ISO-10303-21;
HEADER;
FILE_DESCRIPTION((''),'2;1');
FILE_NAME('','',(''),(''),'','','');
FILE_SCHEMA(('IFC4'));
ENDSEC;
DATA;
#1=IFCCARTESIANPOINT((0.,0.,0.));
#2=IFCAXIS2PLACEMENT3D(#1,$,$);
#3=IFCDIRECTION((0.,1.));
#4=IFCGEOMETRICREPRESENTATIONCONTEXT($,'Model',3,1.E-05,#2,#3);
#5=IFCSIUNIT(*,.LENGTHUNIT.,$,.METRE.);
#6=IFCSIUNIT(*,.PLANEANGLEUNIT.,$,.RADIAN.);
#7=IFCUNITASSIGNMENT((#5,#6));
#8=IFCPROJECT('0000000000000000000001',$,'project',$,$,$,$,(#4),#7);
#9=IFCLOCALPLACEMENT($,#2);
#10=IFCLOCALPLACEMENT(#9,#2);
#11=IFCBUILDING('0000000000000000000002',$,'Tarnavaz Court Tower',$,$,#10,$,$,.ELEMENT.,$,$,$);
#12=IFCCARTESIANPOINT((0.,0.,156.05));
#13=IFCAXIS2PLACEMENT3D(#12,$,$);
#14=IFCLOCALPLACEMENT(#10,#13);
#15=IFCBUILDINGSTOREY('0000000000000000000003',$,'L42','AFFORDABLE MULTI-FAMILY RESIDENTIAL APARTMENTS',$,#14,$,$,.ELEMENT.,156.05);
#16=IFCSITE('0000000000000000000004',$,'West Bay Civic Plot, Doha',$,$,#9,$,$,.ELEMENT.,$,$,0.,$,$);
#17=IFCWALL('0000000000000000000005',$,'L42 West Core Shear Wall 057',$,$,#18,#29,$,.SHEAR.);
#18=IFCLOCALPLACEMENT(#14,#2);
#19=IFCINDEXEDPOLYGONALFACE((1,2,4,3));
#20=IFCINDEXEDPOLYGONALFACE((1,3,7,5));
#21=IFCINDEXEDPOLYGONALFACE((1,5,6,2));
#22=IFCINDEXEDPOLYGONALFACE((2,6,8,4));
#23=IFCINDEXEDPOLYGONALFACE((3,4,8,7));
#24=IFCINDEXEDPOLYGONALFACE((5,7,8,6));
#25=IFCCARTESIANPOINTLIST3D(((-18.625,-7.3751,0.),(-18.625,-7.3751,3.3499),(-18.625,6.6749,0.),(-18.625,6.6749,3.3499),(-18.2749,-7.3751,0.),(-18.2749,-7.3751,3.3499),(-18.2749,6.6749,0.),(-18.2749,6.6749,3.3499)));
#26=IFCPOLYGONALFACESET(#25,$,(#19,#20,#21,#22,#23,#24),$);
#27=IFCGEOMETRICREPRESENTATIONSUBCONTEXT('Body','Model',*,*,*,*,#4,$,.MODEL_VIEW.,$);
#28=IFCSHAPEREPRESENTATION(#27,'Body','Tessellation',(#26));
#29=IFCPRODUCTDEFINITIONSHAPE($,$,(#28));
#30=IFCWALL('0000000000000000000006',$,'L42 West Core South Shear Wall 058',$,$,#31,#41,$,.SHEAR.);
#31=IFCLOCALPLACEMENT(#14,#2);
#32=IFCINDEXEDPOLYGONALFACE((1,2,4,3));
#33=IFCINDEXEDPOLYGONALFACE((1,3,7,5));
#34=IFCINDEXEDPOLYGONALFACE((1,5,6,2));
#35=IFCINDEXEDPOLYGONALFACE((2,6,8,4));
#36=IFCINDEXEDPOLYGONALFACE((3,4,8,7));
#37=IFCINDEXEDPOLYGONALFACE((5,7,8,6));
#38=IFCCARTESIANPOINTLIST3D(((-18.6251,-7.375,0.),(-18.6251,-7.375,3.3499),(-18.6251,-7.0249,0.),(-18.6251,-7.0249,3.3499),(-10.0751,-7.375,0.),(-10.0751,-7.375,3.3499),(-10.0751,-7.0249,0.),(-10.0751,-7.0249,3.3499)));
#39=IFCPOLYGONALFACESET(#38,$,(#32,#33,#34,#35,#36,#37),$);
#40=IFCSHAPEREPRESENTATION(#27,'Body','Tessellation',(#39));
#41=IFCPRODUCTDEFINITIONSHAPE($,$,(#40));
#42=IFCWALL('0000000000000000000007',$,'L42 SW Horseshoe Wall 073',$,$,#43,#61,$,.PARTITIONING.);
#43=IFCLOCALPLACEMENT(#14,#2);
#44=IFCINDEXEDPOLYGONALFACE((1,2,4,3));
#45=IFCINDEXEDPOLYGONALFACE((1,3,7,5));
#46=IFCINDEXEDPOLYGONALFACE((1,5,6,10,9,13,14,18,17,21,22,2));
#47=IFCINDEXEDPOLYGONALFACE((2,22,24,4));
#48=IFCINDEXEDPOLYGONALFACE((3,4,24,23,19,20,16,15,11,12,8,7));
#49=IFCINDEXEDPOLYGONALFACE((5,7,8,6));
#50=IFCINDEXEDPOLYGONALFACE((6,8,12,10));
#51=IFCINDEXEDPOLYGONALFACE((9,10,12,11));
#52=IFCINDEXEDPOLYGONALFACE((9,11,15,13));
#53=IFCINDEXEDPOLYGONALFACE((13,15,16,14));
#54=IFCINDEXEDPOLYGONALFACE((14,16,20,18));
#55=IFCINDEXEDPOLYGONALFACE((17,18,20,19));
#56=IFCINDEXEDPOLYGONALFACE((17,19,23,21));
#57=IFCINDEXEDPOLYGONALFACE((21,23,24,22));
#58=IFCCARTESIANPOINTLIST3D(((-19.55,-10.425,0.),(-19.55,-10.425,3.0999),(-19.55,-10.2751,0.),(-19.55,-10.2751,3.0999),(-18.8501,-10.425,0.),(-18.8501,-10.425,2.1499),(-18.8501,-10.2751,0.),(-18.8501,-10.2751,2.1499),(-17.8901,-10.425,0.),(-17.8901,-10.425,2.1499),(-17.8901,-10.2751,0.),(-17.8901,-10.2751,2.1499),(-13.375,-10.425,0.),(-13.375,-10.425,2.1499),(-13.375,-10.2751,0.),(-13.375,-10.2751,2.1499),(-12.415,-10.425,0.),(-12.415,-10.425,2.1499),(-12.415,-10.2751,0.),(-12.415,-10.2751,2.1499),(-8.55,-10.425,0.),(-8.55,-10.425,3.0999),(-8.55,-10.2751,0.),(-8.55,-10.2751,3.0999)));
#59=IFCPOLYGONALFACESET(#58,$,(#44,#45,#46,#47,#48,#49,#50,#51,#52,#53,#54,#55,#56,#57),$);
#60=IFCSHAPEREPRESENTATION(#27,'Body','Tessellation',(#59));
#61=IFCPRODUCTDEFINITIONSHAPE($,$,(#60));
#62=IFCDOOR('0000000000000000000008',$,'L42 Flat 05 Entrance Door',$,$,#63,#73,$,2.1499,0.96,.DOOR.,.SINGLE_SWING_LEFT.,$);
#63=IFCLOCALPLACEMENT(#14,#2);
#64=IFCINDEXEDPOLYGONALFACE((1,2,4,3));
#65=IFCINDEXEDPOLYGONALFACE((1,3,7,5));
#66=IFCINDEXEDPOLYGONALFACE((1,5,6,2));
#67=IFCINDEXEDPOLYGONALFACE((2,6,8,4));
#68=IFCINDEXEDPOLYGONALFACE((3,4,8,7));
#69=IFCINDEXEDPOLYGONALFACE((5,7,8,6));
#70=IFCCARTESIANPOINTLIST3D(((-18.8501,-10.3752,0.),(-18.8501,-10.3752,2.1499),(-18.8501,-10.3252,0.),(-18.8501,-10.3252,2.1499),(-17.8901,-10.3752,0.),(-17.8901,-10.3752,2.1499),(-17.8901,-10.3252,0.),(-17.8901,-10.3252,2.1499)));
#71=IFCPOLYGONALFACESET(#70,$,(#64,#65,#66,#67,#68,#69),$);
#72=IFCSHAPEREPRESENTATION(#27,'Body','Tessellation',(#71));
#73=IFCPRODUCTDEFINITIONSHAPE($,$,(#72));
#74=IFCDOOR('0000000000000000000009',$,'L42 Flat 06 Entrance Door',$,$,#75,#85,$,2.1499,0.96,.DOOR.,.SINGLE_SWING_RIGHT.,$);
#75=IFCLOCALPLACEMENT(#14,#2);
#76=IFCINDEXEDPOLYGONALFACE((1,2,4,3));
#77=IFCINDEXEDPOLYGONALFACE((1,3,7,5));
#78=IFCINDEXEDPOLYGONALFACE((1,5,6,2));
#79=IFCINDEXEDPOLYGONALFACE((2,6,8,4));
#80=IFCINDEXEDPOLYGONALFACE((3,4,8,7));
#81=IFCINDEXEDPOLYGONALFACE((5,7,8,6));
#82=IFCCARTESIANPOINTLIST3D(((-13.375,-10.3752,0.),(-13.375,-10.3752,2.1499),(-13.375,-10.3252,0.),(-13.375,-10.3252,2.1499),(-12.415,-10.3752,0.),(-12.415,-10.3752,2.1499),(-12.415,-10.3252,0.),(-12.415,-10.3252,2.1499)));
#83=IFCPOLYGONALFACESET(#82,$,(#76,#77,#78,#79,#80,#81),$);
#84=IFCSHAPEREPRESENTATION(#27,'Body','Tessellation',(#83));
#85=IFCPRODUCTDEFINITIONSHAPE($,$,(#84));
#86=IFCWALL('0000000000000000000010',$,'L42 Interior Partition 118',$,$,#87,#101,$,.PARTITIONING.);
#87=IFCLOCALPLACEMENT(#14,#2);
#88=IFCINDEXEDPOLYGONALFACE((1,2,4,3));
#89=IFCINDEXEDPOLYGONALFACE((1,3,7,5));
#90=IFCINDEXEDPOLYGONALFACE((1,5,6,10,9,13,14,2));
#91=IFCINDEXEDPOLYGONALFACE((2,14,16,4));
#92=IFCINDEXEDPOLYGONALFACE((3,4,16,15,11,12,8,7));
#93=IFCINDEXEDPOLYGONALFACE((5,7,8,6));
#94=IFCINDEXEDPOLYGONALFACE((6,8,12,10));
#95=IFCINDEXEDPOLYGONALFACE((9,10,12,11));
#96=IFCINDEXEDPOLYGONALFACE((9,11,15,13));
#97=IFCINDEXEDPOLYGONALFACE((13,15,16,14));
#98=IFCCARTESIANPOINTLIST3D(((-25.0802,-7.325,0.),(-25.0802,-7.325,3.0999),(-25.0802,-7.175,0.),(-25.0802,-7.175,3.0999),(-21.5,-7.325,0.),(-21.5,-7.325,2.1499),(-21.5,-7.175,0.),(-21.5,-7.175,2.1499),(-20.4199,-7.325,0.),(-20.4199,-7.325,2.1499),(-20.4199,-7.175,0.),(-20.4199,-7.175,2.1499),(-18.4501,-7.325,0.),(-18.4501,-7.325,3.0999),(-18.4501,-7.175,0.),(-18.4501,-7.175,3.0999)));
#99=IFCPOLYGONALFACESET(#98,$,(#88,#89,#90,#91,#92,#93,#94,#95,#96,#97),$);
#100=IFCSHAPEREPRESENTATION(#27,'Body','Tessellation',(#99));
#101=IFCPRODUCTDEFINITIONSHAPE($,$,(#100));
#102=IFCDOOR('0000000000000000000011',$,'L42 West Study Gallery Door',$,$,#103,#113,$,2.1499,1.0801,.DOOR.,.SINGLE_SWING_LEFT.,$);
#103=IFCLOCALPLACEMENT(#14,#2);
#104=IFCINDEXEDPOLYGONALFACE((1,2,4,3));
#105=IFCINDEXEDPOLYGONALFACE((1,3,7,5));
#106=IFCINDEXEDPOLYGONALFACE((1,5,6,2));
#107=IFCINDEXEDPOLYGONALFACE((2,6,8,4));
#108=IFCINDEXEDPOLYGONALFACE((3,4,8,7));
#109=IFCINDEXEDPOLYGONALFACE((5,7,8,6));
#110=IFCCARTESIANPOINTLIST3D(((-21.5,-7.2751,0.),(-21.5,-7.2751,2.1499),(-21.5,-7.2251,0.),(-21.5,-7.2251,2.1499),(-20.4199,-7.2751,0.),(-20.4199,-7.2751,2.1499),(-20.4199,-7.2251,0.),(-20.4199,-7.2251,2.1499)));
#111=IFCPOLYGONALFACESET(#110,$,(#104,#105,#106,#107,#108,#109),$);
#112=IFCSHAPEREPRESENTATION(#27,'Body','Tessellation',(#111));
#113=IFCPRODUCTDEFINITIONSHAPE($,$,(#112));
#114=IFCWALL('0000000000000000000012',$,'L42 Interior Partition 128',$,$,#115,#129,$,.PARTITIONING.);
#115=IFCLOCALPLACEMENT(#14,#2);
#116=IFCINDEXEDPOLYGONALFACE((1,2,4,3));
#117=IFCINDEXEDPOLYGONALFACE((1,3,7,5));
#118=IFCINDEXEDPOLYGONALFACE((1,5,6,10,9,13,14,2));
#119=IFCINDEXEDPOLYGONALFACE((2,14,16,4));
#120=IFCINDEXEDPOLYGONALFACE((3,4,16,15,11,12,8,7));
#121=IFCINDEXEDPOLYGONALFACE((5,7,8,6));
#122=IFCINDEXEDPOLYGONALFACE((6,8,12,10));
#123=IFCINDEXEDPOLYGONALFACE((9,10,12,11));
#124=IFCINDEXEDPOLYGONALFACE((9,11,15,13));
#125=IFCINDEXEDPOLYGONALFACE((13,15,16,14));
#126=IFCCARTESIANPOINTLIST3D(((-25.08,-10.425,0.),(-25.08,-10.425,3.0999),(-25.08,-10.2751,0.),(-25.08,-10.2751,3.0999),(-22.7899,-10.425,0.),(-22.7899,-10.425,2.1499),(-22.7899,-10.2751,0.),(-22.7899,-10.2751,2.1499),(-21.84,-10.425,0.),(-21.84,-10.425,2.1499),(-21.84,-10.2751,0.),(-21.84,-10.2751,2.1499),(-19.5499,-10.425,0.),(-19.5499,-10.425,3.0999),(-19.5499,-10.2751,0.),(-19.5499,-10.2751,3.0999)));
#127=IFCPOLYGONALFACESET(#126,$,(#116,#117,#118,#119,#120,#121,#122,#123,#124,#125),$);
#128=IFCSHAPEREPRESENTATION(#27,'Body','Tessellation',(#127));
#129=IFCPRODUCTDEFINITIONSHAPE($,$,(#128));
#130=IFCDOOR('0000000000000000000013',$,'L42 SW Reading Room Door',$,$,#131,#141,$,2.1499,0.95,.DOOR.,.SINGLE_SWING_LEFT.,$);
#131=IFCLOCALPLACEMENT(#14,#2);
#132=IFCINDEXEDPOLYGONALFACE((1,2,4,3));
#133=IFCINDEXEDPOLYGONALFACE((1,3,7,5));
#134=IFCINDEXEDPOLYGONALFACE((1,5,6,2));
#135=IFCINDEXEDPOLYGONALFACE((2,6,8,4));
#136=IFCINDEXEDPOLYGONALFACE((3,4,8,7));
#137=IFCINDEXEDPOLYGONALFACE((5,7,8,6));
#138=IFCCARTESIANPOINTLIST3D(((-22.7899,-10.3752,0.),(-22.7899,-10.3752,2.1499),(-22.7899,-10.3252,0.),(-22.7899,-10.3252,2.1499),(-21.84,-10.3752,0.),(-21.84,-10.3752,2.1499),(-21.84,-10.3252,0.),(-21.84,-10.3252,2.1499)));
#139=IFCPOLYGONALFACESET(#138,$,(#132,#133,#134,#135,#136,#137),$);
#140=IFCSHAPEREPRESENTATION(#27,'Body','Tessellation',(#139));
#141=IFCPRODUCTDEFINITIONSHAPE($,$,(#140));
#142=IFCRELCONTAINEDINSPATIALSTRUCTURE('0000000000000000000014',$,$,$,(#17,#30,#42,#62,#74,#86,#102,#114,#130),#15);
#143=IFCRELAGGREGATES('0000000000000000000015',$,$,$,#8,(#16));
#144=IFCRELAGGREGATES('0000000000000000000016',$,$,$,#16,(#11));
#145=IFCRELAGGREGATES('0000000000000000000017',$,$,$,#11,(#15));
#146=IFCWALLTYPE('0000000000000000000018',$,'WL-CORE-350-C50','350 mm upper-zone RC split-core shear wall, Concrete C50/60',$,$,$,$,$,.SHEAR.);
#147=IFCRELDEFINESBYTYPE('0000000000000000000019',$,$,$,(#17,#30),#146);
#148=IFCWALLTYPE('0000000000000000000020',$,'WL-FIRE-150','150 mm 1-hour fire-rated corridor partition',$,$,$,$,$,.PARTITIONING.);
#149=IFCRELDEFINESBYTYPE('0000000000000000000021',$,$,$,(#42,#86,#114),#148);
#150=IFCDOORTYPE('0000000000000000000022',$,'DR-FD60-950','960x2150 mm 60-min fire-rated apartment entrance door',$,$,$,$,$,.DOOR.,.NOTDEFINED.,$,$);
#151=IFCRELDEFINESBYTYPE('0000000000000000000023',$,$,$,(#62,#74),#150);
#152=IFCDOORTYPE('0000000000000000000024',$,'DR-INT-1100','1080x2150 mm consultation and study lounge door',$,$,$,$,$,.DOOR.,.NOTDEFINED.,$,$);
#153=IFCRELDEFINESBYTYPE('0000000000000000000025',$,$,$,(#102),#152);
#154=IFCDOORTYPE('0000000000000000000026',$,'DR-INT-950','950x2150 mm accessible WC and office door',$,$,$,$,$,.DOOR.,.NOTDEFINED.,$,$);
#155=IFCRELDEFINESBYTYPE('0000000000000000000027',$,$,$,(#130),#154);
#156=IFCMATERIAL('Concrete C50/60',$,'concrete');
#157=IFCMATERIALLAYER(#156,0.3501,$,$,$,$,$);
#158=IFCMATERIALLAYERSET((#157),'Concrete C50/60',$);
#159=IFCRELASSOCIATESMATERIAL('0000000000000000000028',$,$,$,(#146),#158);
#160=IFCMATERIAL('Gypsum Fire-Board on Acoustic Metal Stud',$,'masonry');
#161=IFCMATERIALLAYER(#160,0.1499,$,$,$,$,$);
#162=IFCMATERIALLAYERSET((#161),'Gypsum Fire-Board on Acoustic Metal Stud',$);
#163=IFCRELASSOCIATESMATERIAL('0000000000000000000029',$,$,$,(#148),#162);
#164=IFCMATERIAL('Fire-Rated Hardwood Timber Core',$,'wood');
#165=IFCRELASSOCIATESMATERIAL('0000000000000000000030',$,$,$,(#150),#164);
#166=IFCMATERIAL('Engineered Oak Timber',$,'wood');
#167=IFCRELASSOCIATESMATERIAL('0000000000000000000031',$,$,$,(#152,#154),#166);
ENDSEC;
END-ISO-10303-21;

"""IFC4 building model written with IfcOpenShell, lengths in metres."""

from ifc_helpers import new_model, si_unit, direction, frame, frame_2d, origin, place, context, subcontext, project, spatial, rectangle, extrude, material, layer, layer_set, type_object, element, fill, save


model = new_model("IFC4")

# Units and contexts
model_context = context("Model", 3, precision=1e-05, world=origin(), true_north=direction((0.0, 1.0)))
body_context = subcontext(model_context, "Body", "Model", "MODEL_VIEW")
ifc_project = project(units=[si_unit("LENGTHUNIT", "METRE"), si_unit("PLANEANGLEUNIT", "RADIAN")], contexts=[model_context])

# Site, building, storey
site_placement = place(None, origin())
site = spatial("IfcSite", under=ifc_project, at=site_placement, Name="West Bay Civic Plot, Doha", CompositionType="ELEMENT", RefElevation=0.0)
building_placement = place(site_placement, origin())
building = spatial("IfcBuilding", under=site, at=building_placement, Name="Tarnavaz Court Tower", CompositionType="ELEMENT")
storey_placement = place(building_placement, frame((0.0, 0.0, 156.05)))
storey = spatial("IfcBuildingStorey", under=building, at=storey_placement, Name="L42", Description="AFFORDABLE MULTI-FAMILY RESIDENTIAL APARTMENTS", CompositionType="ELEMENT", Elevation=156.05)

# Shared definitions
ifc_material_1 = material(Name="Concrete C50/60", Category="concrete")

# Walls
ifc_layer_1 = layer(ifc_material_1, 0.3501)
ifc_layer_set_1 = layer_set([ifc_layer_1], Name="Concrete C50/60")
wall_type_1 = type_object("IfcWallType", Name="WL-CORE-350-C50", Description="350 mm upper-zone RC split-core shear wall, Concrete C50/60", PredefinedType="SHEAR", material=ifc_layer_set_1)
wall_1_placement = place(storey_placement, frame((-18.45, -7.375, 0.0), z_axis=(0.0, 0.0, 1.0), x_axis=(0.0, 1.0, 0.0)))
element("IfcWall", 1, at=wall_1_placement, inside=storey, type_object=wall_type_1, Name="L42 West Core Shear Wall 057", PredefinedType="SHEAR", context=body_context, shape_type="SweptSolid", body=[
    extrude(rectangle(XDim=14.05, YDim=0.3501, at=frame_2d((7.0249, 0.0))), origin(), (0.0, 0.0, 1.0), 3.3499),
])
wall_2_placement = place(storey_placement, frame((-18.625, -7.2, 0.0), z_axis=(0.0, 0.0, 1.0), x_axis=(1.0, 0.0, 0.0)))
element("IfcWall", 2, at=wall_2_placement, inside=storey, type_object=wall_type_1, Name="L42 West Core South Shear Wall 058", PredefinedType="SHEAR", context=body_context, shape_type="SweptSolid", body=[
    extrude(rectangle(XDim=8.55, YDim=0.3501, at=frame_2d((4.2749, 0.0))), origin(), (0.0, 0.0, 1.0), 3.3499),
])

# Wall, openings, doors
ifc_material_2 = material(Name="Gypsum Fire-Board on Acoustic Metal Stud", Category="masonry")
ifc_layer_2 = layer(ifc_material_2, 0.1499)
ifc_layer_set_2 = layer_set([ifc_layer_2], Name="Gypsum Fire-Board on Acoustic Metal Stud")
wall_type_2 = type_object("IfcWallType", Name="WL-FIRE-150", Description="150 mm 1-hour fire-rated corridor partition", PredefinedType="PARTITIONING", material=ifc_layer_set_2)
wall_3_placement = place(storey_placement, frame((-19.55, -10.3501, 0.0), z_axis=(0.0, 0.0, 1.0), x_axis=(1.0, 0.0, 0.0)))
wall_3 = element("IfcWall", 3, at=wall_3_placement, inside=storey, type_object=wall_type_2, Name="L42 SW Horseshoe Wall 073", PredefinedType="PARTITIONING", context=body_context, shape_type="SweptSolid", body=[
    extrude(rectangle(XDim=11.0, YDim=0.1499, at=frame_2d((5.5, 0.0))), origin(), (0.0, 0.0, 1.0), 3.0999),
])
opening_1_placement = place(wall_3_placement, frame((0.7, 0.0, 0.0)))
opening_1 = element("IfcOpeningElement", 4, at=opening_1_placement, cuts=wall_3, PredefinedType="OPENING", context=body_context, shape_type="SweptSolid", body=[
    extrude(rectangle(XDim=0.96, YDim=2.1499, at=frame_2d((0.48, 1.075))), frame((0.0, 0.085, 0.0), z_axis=(0.0, -1.0, 0.0), x_axis=(1.0, 0.0, 0.0)), (0.0, 0.0, 1.0), 0.1699),
])
opening_2_placement = place(wall_3_placement, frame((6.175, 0.0, 0.0)))
opening_2 = element("IfcOpeningElement", 5, at=opening_2_placement, cuts=wall_3, PredefinedType="OPENING", context=body_context, shape_type="SweptSolid", body=[
    extrude(rectangle(XDim=0.96, YDim=2.1499, at=frame_2d((0.48, 1.075))), frame((0.0, 0.085, 0.0), z_axis=(0.0, -1.0, 0.0), x_axis=(1.0, 0.0, 0.0)), (0.0, 0.0, 1.0), 0.1699),
])
ifc_material_3 = material(Name="Fire-Rated Hardwood Timber Core", Category="wood")
door_type_1 = type_object("IfcDoorType", Name="DR-FD60-950", Description="960x2150 mm 60-min fire-rated apartment entrance door", OperationType="NOTDEFINED", PredefinedType="DOOR", material=ifc_material_3)
door_1_placement = place(opening_1_placement, origin())
door_1 = element("IfcDoor", 6, at=door_1_placement, inside=storey, type_object=door_type_1, Name="L42 Flat 05 Entrance Door", OperationType="SINGLE_SWING_LEFT", OverallHeight=2.1499, OverallWidth=0.96, PredefinedType="DOOR", context=body_context, shape_type="SweptSolid", body=[
    extrude(rectangle(XDim=0.96, YDim=2.1499, at=frame_2d((0.48, 1.075))), frame((0.0, 0.0249, 0.0), z_axis=(0.0, -1.0, 0.0), x_axis=(1.0, 0.0, 0.0)), (0.0, 0.0, 1.0), 0.05),
])
fill(opening_1, door_1)
door_2_placement = place(opening_2_placement, origin())
door_2 = element("IfcDoor", 7, at=door_2_placement, inside=storey, type_object=door_type_1, Name="L42 Flat 06 Entrance Door", OperationType="SINGLE_SWING_RIGHT", OverallHeight=2.1499, OverallWidth=0.96, PredefinedType="DOOR", context=body_context, shape_type="SweptSolid", body=[
    extrude(rectangle(XDim=0.96, YDim=2.1499, at=frame_2d((0.48, 1.075))), frame((0.0, 0.0249, 0.0), z_axis=(0.0, -1.0, 0.0), x_axis=(1.0, 0.0, 0.0)), (0.0, 0.0, 1.0), 0.05),
])
fill(opening_2, door_2)

# Walls, openings, doors
wall_4_placement = place(storey_placement, frame((-25.0801, -7.25, 0.0), z_axis=(0.0, 0.0, 1.0), x_axis=(1.0, 0.0, 0.0)))
wall_4 = element("IfcWall", 8, at=wall_4_placement, inside=storey, type_object=wall_type_2, Name="L42 Interior Partition 118", PredefinedType="PARTITIONING", context=body_context, shape_type="SweptSolid", body=[
    extrude(rectangle(XDim=6.6301, YDim=0.1499, at=frame_2d((3.3149, 0.0))), origin(), (0.0, 0.0, 1.0), 3.0999),
])
opening_3_placement = place(wall_4_placement, frame((3.5801, 0.0, 0.0)))
opening_3 = element("IfcOpeningElement", 9, at=opening_3_placement, cuts=wall_4, PredefinedType="OPENING", context=body_context, shape_type="SweptSolid", body=[
    extrude(rectangle(XDim=1.0801, YDim=2.1499, at=frame_2d((0.54, 1.075))), frame((0.0, 0.085, 0.0), z_axis=(0.0, -1.0, 0.0), x_axis=(1.0, 0.0, 0.0)), (0.0, 0.0, 1.0), 0.1699),
])
ifc_material_4 = material(Name="Engineered Oak Timber", Category="wood")
door_type_2 = type_object("IfcDoorType", Name="DR-INT-1100", Description="1080x2150 mm consultation and study lounge door", OperationType="NOTDEFINED", PredefinedType="DOOR", material=ifc_material_4)
door_3_placement = place(opening_3_placement, origin())
door_3 = element("IfcDoor", 10, at=door_3_placement, inside=storey, type_object=door_type_2, Name="L42 West Study Gallery Door", OperationType="SINGLE_SWING_LEFT", OverallHeight=2.1499, OverallWidth=1.0801, PredefinedType="DOOR", context=body_context, shape_type="SweptSolid", body=[
    extrude(rectangle(XDim=1.0801, YDim=2.1499, at=frame_2d((0.54, 1.075))), frame((0.0, 0.0249, 0.0), z_axis=(0.0, -1.0, 0.0), x_axis=(1.0, 0.0, 0.0)), (0.0, 0.0, 1.0), 0.05),
])
fill(opening_3, door_3)
wall_5_placement = place(storey_placement, frame((-25.0801, -10.3501, 0.0), z_axis=(0.0, 0.0, 1.0), x_axis=(1.0, 0.0, 0.0)))
wall_5 = element("IfcWall", 11, at=wall_5_placement, inside=storey, type_object=wall_type_2, Name="L42 Interior Partition 128", PredefinedType="PARTITIONING", context=body_context, shape_type="SweptSolid", body=[
    extrude(rectangle(XDim=5.53, YDim=0.1499, at=frame_2d((2.7651, 0.0))), origin(), (0.0, 0.0, 1.0), 3.0999),
])
opening_4_placement = place(wall_5_placement, frame((2.29, 0.0, 0.0)))
opening_4 = element("IfcOpeningElement", 12, at=opening_4_placement, cuts=wall_5, PredefinedType="OPENING", context=body_context, shape_type="SweptSolid", body=[
    extrude(rectangle(XDim=0.95, YDim=2.1499, at=frame_2d((0.4751, 1.075))), frame((0.0, 0.085, 0.0), z_axis=(0.0, -1.0, 0.0), x_axis=(1.0, 0.0, 0.0)), (0.0, 0.0, 1.0), 0.1699),
])
door_type_3 = type_object("IfcDoorType", Name="DR-INT-950", Description="950x2150 mm accessible WC and office door", OperationType="NOTDEFINED", PredefinedType="DOOR", material=ifc_material_4)
door_4_placement = place(opening_4_placement, origin())
door_4 = element("IfcDoor", 13, at=door_4_placement, inside=storey, type_object=door_type_3, Name="L42 SW Reading Room Door", OperationType="SINGLE_SWING_LEFT", OverallHeight=2.1499, OverallWidth=0.95, PredefinedType="DOOR", context=body_context, shape_type="SweptSolid", body=[
    extrude(rectangle(XDim=0.95, YDim=2.1499, at=frame_2d((0.4751, 1.075))), frame((0.0, 0.0249, 0.0), z_axis=(0.0, -1.0, 0.0), x_axis=(1.0, 0.0, 0.0)), (0.0, 0.0, 1.0), 0.05),
])
fill(opening_4, door_4)

save(model, "model.ifc")
